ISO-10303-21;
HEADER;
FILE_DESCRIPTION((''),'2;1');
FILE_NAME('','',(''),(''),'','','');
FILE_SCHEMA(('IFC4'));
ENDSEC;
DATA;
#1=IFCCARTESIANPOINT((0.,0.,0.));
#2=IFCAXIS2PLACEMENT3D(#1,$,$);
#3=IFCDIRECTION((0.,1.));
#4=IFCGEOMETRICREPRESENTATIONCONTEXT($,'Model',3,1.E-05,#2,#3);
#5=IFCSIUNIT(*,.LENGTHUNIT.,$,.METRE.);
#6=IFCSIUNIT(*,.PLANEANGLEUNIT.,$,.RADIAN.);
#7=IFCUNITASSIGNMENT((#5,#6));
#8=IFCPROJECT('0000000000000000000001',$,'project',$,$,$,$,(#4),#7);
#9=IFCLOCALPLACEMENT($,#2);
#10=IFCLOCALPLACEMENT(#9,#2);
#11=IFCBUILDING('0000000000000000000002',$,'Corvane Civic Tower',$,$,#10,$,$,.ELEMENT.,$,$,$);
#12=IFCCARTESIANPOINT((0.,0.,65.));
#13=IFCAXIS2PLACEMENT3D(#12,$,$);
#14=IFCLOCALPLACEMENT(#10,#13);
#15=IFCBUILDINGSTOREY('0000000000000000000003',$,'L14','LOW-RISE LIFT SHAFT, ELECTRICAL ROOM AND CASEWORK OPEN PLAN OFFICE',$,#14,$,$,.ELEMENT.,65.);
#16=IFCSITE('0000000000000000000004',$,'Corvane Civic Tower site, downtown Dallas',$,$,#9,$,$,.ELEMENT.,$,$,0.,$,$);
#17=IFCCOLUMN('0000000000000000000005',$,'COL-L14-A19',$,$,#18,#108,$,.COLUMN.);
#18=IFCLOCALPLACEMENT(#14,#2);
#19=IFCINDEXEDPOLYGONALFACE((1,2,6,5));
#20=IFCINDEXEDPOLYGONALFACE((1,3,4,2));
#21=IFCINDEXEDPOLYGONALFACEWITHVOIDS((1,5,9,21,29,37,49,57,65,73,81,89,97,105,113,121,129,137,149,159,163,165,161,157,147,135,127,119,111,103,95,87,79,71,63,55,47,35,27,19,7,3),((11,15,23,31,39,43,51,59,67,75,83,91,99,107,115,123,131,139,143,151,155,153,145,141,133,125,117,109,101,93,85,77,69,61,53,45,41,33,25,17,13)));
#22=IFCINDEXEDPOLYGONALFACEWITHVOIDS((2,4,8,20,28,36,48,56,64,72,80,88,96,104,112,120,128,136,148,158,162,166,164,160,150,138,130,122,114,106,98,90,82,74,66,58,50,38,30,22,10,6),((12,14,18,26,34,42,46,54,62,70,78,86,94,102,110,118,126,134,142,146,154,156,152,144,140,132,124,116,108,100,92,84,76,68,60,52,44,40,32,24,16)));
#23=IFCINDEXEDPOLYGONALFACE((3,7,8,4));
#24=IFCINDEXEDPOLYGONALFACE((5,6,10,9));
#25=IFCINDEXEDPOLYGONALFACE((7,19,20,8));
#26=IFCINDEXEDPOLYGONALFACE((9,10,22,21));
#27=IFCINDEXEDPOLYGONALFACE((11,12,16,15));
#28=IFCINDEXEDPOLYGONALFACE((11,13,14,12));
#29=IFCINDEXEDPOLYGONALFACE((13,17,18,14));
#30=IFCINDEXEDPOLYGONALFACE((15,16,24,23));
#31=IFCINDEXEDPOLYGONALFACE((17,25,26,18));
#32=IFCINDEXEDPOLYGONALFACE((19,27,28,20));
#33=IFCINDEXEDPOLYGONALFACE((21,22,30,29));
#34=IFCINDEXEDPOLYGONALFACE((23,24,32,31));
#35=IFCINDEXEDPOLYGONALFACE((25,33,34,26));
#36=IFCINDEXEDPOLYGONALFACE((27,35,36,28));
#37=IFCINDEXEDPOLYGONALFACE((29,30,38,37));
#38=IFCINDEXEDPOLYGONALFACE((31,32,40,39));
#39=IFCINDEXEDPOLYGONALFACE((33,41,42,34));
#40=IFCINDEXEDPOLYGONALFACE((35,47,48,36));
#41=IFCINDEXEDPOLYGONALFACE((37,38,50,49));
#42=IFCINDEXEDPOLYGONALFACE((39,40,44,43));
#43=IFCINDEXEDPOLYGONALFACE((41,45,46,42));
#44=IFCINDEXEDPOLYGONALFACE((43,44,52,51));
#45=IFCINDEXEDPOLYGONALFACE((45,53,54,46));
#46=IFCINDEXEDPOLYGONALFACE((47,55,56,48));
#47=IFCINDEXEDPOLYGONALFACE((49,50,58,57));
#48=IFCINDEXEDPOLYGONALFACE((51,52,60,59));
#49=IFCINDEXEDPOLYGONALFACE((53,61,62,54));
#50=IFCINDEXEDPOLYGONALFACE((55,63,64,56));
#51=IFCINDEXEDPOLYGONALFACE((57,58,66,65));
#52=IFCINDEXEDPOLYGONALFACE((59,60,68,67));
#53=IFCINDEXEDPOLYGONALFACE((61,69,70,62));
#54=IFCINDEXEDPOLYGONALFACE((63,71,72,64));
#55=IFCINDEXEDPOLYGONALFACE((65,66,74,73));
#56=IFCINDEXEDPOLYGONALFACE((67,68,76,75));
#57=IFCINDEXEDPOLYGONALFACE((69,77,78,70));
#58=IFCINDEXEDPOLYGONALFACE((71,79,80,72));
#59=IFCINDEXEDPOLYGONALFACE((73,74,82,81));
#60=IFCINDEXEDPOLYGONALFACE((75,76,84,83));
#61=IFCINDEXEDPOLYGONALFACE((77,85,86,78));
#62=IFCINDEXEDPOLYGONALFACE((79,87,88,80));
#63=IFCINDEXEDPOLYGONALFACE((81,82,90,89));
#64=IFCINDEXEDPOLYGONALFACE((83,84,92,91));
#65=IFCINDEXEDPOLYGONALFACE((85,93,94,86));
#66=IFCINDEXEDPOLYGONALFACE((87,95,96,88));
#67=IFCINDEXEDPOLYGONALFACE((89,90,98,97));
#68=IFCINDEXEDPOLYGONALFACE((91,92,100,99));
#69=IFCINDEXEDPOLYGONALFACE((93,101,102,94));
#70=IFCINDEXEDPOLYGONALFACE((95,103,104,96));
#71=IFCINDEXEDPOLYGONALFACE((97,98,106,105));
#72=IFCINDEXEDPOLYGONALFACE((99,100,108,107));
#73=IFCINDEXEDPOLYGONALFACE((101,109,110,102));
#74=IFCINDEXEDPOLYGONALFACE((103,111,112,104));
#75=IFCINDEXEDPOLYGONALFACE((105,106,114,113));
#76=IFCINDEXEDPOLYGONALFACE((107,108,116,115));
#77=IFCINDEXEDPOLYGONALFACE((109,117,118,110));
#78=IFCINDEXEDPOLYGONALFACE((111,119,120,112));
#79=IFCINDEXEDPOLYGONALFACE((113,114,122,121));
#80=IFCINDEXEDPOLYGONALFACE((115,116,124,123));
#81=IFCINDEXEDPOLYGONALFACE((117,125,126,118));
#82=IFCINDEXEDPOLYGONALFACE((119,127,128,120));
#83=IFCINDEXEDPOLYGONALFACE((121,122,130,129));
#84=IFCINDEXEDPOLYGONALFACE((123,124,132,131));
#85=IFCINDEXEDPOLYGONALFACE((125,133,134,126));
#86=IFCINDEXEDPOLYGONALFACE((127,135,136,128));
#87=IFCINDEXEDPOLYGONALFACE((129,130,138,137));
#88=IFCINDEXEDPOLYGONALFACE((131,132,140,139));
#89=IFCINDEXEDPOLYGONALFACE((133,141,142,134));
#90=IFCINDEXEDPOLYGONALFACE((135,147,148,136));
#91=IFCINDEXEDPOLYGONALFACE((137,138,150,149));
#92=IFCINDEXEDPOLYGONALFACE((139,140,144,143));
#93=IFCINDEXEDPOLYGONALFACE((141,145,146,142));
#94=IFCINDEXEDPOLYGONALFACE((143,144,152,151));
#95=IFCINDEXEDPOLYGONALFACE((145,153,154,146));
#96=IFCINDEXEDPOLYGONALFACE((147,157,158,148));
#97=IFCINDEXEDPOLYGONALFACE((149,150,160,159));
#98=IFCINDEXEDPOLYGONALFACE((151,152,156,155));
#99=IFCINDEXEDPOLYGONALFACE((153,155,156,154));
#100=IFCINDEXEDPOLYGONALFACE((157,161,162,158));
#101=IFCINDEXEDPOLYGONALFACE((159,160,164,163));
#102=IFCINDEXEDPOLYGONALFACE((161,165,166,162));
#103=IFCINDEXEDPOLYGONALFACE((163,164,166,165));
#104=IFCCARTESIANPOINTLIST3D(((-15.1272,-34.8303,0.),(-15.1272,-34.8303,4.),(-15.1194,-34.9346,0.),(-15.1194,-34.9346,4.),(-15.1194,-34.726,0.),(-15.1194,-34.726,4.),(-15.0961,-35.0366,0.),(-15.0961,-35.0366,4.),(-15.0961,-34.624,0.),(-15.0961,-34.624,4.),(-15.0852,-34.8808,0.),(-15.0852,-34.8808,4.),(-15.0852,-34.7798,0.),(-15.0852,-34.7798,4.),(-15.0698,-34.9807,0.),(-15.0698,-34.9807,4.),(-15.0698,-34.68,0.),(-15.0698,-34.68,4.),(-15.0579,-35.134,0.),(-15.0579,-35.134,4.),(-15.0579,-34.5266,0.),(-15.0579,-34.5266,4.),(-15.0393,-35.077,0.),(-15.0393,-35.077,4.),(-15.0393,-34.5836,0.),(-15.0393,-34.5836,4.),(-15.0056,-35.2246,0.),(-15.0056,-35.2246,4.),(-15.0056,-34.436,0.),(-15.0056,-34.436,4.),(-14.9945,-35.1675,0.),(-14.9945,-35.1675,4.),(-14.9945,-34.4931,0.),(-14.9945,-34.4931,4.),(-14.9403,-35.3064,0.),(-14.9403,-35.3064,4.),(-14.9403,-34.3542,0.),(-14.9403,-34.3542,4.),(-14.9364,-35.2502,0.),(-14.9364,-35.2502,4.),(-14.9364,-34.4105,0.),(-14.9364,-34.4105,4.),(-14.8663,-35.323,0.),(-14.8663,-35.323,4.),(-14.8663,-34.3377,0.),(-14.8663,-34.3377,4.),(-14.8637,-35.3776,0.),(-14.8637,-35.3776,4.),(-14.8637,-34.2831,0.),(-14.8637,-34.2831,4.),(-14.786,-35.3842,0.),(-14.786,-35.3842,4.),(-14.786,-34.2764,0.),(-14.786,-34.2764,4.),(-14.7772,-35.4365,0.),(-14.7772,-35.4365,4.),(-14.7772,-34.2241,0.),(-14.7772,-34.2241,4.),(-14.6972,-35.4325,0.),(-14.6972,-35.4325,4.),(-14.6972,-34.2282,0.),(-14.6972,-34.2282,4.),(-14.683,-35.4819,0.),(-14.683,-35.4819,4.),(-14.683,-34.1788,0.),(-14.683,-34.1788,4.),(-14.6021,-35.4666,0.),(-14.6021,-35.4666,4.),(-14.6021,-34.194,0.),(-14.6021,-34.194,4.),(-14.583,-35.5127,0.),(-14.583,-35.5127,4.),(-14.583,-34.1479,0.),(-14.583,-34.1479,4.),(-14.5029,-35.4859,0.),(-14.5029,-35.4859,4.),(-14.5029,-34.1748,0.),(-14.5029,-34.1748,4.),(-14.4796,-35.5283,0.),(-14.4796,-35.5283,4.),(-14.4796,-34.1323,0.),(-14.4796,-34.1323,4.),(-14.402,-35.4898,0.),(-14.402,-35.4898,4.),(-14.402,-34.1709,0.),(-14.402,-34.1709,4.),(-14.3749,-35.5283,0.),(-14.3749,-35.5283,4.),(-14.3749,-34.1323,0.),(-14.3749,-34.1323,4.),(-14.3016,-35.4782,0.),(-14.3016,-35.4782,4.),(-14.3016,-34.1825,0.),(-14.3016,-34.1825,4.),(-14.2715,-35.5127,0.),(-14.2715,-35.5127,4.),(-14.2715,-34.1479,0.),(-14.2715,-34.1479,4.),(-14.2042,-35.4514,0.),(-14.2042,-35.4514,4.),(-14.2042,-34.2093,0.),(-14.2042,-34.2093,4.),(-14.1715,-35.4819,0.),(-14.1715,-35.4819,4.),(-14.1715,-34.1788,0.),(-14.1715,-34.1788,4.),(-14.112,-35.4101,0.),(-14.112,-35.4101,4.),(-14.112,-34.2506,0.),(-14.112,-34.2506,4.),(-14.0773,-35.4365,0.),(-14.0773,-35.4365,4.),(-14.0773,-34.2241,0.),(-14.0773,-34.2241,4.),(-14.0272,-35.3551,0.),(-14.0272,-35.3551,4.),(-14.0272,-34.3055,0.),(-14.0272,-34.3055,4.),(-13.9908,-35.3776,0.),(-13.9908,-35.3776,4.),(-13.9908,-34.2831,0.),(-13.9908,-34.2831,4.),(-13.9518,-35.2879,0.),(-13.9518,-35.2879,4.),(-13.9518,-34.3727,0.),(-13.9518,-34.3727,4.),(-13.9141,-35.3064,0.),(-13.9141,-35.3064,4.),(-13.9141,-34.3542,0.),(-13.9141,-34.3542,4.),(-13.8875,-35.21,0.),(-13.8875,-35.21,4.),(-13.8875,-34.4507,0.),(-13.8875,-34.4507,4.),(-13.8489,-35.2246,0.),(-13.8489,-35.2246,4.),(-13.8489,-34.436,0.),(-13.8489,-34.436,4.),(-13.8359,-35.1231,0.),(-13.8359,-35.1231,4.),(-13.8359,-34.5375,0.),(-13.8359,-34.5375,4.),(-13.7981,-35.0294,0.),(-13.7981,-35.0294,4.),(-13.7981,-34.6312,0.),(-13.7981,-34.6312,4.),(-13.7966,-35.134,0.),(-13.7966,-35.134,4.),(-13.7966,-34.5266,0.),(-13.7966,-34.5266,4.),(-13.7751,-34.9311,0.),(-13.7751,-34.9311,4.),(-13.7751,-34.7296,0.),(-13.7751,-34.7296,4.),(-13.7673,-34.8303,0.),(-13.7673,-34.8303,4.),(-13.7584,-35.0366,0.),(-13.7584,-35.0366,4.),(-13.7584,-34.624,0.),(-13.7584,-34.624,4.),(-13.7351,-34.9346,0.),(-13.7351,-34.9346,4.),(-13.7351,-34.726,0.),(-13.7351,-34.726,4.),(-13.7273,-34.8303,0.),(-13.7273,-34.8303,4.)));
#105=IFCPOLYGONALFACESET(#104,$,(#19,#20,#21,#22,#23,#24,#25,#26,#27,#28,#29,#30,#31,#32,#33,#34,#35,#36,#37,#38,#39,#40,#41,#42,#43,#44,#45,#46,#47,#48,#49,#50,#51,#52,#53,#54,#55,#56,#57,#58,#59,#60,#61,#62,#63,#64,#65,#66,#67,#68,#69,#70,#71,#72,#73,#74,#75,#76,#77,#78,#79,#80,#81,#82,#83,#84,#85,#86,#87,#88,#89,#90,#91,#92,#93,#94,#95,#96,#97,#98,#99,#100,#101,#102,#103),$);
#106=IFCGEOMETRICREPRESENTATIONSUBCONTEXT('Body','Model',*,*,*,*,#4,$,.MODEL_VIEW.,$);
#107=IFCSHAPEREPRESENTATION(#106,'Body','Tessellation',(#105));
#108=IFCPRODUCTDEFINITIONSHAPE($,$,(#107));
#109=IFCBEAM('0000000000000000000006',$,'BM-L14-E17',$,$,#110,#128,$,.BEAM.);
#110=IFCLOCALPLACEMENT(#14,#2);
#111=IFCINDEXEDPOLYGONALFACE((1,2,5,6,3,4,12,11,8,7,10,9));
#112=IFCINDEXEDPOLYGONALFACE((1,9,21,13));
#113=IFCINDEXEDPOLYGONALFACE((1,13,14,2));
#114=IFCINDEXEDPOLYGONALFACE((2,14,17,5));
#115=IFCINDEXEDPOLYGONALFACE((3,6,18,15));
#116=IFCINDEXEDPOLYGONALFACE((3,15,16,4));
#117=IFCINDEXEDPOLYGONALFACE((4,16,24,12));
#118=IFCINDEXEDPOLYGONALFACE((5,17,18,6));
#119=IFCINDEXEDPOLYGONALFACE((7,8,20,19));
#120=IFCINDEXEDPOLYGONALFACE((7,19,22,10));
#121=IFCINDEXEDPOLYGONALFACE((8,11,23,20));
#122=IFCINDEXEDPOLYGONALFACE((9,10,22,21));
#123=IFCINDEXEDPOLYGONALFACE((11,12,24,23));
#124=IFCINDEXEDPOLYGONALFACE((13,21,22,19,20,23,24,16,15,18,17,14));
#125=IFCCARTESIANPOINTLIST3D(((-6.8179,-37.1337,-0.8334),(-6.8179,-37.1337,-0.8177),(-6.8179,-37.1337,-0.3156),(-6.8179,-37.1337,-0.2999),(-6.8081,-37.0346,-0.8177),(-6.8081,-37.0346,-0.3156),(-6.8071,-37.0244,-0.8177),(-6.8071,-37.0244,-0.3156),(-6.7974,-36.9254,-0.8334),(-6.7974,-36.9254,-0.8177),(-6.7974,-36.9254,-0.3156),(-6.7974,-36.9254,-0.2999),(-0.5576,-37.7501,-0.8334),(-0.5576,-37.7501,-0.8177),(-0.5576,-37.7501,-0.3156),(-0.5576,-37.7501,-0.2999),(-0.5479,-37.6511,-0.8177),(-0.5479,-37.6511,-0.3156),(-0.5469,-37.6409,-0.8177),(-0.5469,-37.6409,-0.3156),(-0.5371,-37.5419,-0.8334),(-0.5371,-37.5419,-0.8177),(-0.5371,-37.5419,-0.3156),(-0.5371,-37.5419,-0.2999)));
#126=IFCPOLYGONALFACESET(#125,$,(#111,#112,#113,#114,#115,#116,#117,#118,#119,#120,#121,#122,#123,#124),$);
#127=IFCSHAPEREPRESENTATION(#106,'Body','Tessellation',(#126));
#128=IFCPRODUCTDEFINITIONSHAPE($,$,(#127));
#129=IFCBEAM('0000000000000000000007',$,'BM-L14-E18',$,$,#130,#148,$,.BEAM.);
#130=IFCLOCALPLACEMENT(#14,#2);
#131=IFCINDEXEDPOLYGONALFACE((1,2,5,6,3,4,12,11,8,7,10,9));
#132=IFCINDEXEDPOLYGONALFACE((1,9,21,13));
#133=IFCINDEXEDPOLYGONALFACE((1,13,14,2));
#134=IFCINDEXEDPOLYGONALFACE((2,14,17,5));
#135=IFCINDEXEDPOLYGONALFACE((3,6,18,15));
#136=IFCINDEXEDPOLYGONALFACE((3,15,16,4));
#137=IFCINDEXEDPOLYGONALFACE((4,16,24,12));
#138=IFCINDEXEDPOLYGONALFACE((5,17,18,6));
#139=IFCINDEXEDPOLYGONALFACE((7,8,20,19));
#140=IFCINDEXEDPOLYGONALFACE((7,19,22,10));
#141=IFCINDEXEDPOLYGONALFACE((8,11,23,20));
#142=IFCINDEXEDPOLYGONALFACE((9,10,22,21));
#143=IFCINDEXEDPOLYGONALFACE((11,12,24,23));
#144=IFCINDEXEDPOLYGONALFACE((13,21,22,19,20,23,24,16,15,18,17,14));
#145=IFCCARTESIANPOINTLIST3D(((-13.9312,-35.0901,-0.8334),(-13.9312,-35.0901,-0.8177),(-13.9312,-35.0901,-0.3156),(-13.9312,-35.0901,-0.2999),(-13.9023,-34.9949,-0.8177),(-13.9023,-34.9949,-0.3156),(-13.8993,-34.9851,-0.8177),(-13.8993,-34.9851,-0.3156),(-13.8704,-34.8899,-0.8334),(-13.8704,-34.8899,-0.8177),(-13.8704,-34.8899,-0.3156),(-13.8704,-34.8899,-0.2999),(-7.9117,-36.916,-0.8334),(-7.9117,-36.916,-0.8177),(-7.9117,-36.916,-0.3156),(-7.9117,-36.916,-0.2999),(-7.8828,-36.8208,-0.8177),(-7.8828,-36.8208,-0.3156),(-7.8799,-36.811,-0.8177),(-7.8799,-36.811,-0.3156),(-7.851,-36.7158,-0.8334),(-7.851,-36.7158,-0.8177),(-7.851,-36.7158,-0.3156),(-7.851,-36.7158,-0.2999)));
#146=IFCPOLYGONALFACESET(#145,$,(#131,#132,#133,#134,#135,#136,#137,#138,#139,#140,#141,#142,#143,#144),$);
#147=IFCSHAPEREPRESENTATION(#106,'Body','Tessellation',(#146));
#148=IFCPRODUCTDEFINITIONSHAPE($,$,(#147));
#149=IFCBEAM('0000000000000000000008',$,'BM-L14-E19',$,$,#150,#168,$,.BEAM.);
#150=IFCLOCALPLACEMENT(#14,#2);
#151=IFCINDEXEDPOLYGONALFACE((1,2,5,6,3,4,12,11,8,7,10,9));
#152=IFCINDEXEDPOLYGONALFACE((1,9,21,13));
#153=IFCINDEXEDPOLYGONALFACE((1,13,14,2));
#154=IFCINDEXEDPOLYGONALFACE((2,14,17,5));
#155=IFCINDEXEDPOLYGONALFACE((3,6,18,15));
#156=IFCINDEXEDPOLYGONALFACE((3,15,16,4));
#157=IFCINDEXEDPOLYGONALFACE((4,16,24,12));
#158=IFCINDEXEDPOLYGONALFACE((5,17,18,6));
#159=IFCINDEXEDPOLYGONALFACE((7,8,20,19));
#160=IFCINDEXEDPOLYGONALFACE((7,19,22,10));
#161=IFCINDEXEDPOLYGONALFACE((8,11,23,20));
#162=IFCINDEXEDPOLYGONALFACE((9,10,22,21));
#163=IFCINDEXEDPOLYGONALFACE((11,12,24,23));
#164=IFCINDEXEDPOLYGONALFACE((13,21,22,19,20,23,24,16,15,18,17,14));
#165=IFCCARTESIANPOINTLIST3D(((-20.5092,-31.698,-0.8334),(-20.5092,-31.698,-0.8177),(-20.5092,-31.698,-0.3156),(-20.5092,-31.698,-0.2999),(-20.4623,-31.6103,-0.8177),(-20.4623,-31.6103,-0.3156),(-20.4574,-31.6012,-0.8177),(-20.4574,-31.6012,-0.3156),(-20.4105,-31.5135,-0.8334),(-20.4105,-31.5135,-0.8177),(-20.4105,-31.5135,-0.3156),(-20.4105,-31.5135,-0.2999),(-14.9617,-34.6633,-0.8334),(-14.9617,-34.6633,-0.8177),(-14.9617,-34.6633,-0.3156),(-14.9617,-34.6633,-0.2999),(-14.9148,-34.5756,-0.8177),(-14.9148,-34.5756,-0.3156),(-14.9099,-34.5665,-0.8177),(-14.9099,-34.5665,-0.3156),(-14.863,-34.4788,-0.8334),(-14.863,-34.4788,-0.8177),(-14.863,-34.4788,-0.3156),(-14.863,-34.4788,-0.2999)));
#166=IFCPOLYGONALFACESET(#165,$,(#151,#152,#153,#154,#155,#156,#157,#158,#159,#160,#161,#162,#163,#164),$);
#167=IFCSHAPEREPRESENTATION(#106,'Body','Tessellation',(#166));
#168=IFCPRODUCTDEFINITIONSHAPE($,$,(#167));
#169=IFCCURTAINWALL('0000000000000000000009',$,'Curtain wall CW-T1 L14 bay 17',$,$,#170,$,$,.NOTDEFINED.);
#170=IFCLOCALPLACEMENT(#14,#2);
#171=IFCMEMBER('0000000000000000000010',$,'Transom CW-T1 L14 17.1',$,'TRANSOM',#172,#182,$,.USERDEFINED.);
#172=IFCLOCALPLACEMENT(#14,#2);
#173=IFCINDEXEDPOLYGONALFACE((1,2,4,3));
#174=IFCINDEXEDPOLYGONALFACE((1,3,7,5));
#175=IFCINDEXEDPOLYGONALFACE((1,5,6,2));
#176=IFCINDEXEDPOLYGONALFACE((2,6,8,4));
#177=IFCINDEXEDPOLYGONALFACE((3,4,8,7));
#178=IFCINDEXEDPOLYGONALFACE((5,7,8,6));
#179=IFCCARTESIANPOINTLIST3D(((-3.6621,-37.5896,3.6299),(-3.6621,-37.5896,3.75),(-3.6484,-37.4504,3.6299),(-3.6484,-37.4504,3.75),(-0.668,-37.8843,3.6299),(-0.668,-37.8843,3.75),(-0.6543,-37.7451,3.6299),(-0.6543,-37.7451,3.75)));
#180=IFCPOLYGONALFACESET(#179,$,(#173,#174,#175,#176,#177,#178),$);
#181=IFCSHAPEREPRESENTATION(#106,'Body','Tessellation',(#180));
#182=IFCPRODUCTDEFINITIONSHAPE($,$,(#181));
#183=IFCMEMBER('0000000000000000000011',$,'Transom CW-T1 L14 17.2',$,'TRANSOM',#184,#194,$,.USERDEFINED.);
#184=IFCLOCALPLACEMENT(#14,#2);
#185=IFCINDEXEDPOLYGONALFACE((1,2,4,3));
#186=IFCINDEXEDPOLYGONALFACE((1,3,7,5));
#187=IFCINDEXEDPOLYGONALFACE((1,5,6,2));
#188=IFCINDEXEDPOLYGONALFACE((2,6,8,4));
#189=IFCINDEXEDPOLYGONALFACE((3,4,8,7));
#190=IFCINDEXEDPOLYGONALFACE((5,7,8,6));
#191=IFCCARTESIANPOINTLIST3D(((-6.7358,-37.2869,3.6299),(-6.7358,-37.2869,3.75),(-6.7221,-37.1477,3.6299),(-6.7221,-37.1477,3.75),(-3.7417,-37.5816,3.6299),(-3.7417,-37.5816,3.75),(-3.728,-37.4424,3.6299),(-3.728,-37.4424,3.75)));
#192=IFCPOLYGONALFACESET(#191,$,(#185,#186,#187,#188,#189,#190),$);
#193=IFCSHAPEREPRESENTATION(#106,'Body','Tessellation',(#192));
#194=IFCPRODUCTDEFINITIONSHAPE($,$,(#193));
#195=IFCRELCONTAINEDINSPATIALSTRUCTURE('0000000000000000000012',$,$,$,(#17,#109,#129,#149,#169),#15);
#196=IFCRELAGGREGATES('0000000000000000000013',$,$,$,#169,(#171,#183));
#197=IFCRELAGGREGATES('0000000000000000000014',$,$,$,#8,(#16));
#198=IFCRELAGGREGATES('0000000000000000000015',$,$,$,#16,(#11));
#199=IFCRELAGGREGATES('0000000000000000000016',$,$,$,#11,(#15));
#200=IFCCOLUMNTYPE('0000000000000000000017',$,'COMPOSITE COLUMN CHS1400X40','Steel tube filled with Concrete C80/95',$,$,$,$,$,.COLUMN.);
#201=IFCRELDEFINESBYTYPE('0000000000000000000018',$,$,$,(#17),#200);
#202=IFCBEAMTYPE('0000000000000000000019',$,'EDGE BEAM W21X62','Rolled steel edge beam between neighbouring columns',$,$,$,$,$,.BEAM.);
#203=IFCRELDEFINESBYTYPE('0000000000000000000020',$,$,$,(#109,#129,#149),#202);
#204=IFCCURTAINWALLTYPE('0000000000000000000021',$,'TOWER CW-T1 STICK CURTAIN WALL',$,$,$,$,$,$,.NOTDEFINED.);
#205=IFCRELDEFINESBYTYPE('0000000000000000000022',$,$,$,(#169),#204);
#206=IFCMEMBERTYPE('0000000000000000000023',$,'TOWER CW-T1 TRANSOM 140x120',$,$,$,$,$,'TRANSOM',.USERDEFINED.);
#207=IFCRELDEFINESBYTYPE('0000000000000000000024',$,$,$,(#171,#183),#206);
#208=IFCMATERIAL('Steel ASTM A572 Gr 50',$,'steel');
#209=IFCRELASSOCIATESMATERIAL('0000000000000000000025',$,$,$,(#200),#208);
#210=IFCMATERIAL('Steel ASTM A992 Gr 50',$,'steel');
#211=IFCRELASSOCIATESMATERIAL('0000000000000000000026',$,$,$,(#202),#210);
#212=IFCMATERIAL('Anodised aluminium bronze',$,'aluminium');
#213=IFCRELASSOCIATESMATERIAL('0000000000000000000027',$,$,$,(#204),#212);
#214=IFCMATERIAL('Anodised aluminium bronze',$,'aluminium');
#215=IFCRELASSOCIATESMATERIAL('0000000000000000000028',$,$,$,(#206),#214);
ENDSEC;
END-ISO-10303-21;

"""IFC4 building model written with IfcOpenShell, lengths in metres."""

from ifc_helpers import new_model, si_unit, direction, frame, origin, origin_2d, place, context, subcontext, project, spatial, rectangle, hollow_circle, i_section, extrude, material, material_profile, profile_set, type_object, element, aggregate, save


model = new_model("IFC4")

# Units and contexts
model_context = context("Model", 3, precision=1e-05, world=origin(), true_north=direction((0.0, 1.0)))
body_context = subcontext(model_context, "Body", "Model", "MODEL_VIEW")
ifc_project = project(units=[si_unit("LENGTHUNIT", "METRE"), si_unit("PLANEANGLEUNIT", "RADIAN")], contexts=[model_context])

# Site, building, storey
site_placement = place(None, origin())
site = spatial("IfcSite", under=ifc_project, at=site_placement, Name="Corvane Civic Tower site, downtown Dallas", CompositionType="ELEMENT", RefElevation=0.0)
building_placement = place(site_placement, origin())
building = spatial("IfcBuilding", under=site, at=building_placement, Name="Corvane Civic Tower", CompositionType="ELEMENT")
storey_placement = place(building_placement, frame((0.0, 0.0, 65.0)))
storey = spatial("IfcBuildingStorey", under=building, at=storey_placement, Name="L14", Description="LOW-RISE LIFT SHAFT, ELECTRICAL ROOM AND CASEWORK OPEN PLAN OFFICE", CompositionType="ELEMENT", Elevation=65.0)

# Column
ifc_material_1 = material(Name="Steel ASTM A572 Gr 50", Category="steel")
ifc_material_profile_1 = material_profile(ifc_material_1, hollow_circle(Radius=0.7, WallThickness=0.04, at=origin_2d()), Name="CHS1400X40")
ifc_profile_set_1 = profile_set([ifc_material_profile_1], Name="Steel ASTM A572 Gr 50")
column_type = type_object("IfcColumnType", Name="COMPOSITE COLUMN CHS1400X40", Description="Steel tube filled with Concrete C80/95", PredefinedType="COLUMN", material=ifc_profile_set_1)
for number, where, z_axis, x_axis, name in (
    (1, (-14.4272, -34.8303, 0.0), (0.0, 0.0, 1.0), (1.0, 0.0, 0.0), "COL-L14-A19"),
):
    element("IfcColumn", number, at=place(storey_placement, frame(where, z_axis=z_axis, x_axis=x_axis)), inside=storey, type_object=column_type, Name=name, PredefinedType="COLUMN", context=body_context, shape_type="SweptSolid", body=[
        extrude(hollow_circle(Radius=0.7, WallThickness=0.04, at=origin_2d()), origin(), (0.0, 0.0, 1.0), 4.0),
    ])

# Beams
ifc_material_2 = material(Name="Steel ASTM A992 Gr 50", Category="steel")
ifc_material_profile_2 = material_profile(ifc_material_2, i_section(OverallWidth=0.2092, OverallDepth=0.5334, WebThickness=0.0103, FlangeThickness=0.0156, at=origin_2d()), Name="W21X62")
ifc_profile_set_2 = profile_set([ifc_material_profile_2], Name="Steel ASTM A992 Gr 50")
beam_type = type_object("IfcBeamType", Name="EDGE BEAM W21X62", Description="Rolled steel edge beam between neighbouring columns", PredefinedType="BEAM", material=ifc_profile_set_2)
beam_placement = place(storey_placement, frame((-0.5474, -37.646, -0.5667), z_axis=(-0.995187, 0.097997, 0.0), x_axis=(-0.097997, -0.995187, 0.0)))
element("IfcBeam", 2, at=beam_placement, inside=storey, type_object=beam_type, Name="BM-L14-E17", PredefinedType="BEAM", context=body_context, shape_type="SweptSolid", body=[
    extrude(i_section(OverallWidth=0.2092, OverallDepth=0.5334, WebThickness=0.0103, FlangeThickness=0.0156, at=origin_2d()), origin(), (0.0, 0.0, 1.0), 6.2905),
])
for number, where, z_axis, x_axis, name in (
    (3, (-7.8813, -36.8159, -0.5667), (-0.956944, 0.290273, 0.0), (-0.290273, -0.956944, 0.0), "BM-L14-E18"),
    (4, (-14.9124, -34.571, -0.5667), (-0.881916, 0.471406, 0.0), (-0.471406, -0.881916, 0.0), "BM-L14-E19"),
):
    element("IfcBeam", number, at=place(storey_placement, frame(where, z_axis=z_axis, x_axis=x_axis)), inside=storey, type_object=beam_type, Name=name, PredefinedType="BEAM", context=body_context, shape_type="SweptSolid", body=[
        extrude(i_section(OverallWidth=0.2092, OverallDepth=0.5334, WebThickness=0.0103, FlangeThickness=0.0156, at=origin_2d()), origin(), (0.0, 0.0, 1.0), 6.2903),
    ])

# Curtain wall, members
ifc_material_3 = material(Name="Anodised aluminium bronze", Category="aluminium")
curtain_wall_type = type_object("IfcCurtainWallType", Name="TOWER CW-T1 STICK CURTAIN WALL", PredefinedType="NOTDEFINED", material=ifc_material_3)
curtain_wall_1_placement = place(storey_placement, origin())
curtain_wall_1 = element("IfcCurtainWall", 5, at=curtain_wall_1_placement, inside=storey, type_object=curtain_wall_type, Name="Curtain wall CW-T1 L14 bay 17", PredefinedType="NOTDEFINED")
ifc_material_4 = material(Name="Anodised aluminium bronze", Category="aluminium")
ifc_material_profile_3 = material_profile(ifc_material_4, rectangle(XDim=0.1399, YDim=0.1201, at=origin_2d()), Name="TOWER CW-T1 TRANSOM 140x120")
ifc_profile_set_3 = profile_set([ifc_material_profile_3], Name="Anodised aluminium bronze")
member_type_1 = type_object("IfcMemberType", Name="TOWER CW-T1 TRANSOM 140x120", ElementType="TRANSOM", PredefinedType="USERDEFINED", material=ifc_profile_set_3)
member_1_placement = place(storey_placement, frame((-0.6611, -37.8147, 3.6899), z_axis=(-0.995192, 0.097945, 0.0), x_axis=(-0.097945, -0.995192, 0.0)))
member_1 = element("IfcMember", 6, at=member_1_placement, type_object=member_type_1, Name="Transom CW-T1 L14 17.1", ObjectType="TRANSOM", PredefinedType="USERDEFINED", context=body_context, shape_type="SweptSolid", body=[
    extrude(rectangle(XDim=0.1399, YDim=0.1201, at=origin_2d()), origin(), (0.0, 0.0, 1.0), 3.0085),
])
member_2_placement = place(storey_placement, frame((-3.7349, -37.512, 3.6899), z_axis=(-0.995192, 0.097945, 0.0), x_axis=(-0.097945, -0.995192, 0.0)))
member_2 = element("IfcMember", 7, at=member_2_placement, type_object=member_type_1, Name="Transom CW-T1 L14 17.2", ObjectType="TRANSOM", PredefinedType="USERDEFINED", context=body_context, shape_type="SweptSolid", body=[
    extrude(rectangle(XDim=0.1399, YDim=0.1201, at=origin_2d()), origin(), (0.0, 0.0, 1.0), 3.0085),
])

aggregate(curtain_wall_1, [member_1, member_2])

save(model, "model.ifc")
